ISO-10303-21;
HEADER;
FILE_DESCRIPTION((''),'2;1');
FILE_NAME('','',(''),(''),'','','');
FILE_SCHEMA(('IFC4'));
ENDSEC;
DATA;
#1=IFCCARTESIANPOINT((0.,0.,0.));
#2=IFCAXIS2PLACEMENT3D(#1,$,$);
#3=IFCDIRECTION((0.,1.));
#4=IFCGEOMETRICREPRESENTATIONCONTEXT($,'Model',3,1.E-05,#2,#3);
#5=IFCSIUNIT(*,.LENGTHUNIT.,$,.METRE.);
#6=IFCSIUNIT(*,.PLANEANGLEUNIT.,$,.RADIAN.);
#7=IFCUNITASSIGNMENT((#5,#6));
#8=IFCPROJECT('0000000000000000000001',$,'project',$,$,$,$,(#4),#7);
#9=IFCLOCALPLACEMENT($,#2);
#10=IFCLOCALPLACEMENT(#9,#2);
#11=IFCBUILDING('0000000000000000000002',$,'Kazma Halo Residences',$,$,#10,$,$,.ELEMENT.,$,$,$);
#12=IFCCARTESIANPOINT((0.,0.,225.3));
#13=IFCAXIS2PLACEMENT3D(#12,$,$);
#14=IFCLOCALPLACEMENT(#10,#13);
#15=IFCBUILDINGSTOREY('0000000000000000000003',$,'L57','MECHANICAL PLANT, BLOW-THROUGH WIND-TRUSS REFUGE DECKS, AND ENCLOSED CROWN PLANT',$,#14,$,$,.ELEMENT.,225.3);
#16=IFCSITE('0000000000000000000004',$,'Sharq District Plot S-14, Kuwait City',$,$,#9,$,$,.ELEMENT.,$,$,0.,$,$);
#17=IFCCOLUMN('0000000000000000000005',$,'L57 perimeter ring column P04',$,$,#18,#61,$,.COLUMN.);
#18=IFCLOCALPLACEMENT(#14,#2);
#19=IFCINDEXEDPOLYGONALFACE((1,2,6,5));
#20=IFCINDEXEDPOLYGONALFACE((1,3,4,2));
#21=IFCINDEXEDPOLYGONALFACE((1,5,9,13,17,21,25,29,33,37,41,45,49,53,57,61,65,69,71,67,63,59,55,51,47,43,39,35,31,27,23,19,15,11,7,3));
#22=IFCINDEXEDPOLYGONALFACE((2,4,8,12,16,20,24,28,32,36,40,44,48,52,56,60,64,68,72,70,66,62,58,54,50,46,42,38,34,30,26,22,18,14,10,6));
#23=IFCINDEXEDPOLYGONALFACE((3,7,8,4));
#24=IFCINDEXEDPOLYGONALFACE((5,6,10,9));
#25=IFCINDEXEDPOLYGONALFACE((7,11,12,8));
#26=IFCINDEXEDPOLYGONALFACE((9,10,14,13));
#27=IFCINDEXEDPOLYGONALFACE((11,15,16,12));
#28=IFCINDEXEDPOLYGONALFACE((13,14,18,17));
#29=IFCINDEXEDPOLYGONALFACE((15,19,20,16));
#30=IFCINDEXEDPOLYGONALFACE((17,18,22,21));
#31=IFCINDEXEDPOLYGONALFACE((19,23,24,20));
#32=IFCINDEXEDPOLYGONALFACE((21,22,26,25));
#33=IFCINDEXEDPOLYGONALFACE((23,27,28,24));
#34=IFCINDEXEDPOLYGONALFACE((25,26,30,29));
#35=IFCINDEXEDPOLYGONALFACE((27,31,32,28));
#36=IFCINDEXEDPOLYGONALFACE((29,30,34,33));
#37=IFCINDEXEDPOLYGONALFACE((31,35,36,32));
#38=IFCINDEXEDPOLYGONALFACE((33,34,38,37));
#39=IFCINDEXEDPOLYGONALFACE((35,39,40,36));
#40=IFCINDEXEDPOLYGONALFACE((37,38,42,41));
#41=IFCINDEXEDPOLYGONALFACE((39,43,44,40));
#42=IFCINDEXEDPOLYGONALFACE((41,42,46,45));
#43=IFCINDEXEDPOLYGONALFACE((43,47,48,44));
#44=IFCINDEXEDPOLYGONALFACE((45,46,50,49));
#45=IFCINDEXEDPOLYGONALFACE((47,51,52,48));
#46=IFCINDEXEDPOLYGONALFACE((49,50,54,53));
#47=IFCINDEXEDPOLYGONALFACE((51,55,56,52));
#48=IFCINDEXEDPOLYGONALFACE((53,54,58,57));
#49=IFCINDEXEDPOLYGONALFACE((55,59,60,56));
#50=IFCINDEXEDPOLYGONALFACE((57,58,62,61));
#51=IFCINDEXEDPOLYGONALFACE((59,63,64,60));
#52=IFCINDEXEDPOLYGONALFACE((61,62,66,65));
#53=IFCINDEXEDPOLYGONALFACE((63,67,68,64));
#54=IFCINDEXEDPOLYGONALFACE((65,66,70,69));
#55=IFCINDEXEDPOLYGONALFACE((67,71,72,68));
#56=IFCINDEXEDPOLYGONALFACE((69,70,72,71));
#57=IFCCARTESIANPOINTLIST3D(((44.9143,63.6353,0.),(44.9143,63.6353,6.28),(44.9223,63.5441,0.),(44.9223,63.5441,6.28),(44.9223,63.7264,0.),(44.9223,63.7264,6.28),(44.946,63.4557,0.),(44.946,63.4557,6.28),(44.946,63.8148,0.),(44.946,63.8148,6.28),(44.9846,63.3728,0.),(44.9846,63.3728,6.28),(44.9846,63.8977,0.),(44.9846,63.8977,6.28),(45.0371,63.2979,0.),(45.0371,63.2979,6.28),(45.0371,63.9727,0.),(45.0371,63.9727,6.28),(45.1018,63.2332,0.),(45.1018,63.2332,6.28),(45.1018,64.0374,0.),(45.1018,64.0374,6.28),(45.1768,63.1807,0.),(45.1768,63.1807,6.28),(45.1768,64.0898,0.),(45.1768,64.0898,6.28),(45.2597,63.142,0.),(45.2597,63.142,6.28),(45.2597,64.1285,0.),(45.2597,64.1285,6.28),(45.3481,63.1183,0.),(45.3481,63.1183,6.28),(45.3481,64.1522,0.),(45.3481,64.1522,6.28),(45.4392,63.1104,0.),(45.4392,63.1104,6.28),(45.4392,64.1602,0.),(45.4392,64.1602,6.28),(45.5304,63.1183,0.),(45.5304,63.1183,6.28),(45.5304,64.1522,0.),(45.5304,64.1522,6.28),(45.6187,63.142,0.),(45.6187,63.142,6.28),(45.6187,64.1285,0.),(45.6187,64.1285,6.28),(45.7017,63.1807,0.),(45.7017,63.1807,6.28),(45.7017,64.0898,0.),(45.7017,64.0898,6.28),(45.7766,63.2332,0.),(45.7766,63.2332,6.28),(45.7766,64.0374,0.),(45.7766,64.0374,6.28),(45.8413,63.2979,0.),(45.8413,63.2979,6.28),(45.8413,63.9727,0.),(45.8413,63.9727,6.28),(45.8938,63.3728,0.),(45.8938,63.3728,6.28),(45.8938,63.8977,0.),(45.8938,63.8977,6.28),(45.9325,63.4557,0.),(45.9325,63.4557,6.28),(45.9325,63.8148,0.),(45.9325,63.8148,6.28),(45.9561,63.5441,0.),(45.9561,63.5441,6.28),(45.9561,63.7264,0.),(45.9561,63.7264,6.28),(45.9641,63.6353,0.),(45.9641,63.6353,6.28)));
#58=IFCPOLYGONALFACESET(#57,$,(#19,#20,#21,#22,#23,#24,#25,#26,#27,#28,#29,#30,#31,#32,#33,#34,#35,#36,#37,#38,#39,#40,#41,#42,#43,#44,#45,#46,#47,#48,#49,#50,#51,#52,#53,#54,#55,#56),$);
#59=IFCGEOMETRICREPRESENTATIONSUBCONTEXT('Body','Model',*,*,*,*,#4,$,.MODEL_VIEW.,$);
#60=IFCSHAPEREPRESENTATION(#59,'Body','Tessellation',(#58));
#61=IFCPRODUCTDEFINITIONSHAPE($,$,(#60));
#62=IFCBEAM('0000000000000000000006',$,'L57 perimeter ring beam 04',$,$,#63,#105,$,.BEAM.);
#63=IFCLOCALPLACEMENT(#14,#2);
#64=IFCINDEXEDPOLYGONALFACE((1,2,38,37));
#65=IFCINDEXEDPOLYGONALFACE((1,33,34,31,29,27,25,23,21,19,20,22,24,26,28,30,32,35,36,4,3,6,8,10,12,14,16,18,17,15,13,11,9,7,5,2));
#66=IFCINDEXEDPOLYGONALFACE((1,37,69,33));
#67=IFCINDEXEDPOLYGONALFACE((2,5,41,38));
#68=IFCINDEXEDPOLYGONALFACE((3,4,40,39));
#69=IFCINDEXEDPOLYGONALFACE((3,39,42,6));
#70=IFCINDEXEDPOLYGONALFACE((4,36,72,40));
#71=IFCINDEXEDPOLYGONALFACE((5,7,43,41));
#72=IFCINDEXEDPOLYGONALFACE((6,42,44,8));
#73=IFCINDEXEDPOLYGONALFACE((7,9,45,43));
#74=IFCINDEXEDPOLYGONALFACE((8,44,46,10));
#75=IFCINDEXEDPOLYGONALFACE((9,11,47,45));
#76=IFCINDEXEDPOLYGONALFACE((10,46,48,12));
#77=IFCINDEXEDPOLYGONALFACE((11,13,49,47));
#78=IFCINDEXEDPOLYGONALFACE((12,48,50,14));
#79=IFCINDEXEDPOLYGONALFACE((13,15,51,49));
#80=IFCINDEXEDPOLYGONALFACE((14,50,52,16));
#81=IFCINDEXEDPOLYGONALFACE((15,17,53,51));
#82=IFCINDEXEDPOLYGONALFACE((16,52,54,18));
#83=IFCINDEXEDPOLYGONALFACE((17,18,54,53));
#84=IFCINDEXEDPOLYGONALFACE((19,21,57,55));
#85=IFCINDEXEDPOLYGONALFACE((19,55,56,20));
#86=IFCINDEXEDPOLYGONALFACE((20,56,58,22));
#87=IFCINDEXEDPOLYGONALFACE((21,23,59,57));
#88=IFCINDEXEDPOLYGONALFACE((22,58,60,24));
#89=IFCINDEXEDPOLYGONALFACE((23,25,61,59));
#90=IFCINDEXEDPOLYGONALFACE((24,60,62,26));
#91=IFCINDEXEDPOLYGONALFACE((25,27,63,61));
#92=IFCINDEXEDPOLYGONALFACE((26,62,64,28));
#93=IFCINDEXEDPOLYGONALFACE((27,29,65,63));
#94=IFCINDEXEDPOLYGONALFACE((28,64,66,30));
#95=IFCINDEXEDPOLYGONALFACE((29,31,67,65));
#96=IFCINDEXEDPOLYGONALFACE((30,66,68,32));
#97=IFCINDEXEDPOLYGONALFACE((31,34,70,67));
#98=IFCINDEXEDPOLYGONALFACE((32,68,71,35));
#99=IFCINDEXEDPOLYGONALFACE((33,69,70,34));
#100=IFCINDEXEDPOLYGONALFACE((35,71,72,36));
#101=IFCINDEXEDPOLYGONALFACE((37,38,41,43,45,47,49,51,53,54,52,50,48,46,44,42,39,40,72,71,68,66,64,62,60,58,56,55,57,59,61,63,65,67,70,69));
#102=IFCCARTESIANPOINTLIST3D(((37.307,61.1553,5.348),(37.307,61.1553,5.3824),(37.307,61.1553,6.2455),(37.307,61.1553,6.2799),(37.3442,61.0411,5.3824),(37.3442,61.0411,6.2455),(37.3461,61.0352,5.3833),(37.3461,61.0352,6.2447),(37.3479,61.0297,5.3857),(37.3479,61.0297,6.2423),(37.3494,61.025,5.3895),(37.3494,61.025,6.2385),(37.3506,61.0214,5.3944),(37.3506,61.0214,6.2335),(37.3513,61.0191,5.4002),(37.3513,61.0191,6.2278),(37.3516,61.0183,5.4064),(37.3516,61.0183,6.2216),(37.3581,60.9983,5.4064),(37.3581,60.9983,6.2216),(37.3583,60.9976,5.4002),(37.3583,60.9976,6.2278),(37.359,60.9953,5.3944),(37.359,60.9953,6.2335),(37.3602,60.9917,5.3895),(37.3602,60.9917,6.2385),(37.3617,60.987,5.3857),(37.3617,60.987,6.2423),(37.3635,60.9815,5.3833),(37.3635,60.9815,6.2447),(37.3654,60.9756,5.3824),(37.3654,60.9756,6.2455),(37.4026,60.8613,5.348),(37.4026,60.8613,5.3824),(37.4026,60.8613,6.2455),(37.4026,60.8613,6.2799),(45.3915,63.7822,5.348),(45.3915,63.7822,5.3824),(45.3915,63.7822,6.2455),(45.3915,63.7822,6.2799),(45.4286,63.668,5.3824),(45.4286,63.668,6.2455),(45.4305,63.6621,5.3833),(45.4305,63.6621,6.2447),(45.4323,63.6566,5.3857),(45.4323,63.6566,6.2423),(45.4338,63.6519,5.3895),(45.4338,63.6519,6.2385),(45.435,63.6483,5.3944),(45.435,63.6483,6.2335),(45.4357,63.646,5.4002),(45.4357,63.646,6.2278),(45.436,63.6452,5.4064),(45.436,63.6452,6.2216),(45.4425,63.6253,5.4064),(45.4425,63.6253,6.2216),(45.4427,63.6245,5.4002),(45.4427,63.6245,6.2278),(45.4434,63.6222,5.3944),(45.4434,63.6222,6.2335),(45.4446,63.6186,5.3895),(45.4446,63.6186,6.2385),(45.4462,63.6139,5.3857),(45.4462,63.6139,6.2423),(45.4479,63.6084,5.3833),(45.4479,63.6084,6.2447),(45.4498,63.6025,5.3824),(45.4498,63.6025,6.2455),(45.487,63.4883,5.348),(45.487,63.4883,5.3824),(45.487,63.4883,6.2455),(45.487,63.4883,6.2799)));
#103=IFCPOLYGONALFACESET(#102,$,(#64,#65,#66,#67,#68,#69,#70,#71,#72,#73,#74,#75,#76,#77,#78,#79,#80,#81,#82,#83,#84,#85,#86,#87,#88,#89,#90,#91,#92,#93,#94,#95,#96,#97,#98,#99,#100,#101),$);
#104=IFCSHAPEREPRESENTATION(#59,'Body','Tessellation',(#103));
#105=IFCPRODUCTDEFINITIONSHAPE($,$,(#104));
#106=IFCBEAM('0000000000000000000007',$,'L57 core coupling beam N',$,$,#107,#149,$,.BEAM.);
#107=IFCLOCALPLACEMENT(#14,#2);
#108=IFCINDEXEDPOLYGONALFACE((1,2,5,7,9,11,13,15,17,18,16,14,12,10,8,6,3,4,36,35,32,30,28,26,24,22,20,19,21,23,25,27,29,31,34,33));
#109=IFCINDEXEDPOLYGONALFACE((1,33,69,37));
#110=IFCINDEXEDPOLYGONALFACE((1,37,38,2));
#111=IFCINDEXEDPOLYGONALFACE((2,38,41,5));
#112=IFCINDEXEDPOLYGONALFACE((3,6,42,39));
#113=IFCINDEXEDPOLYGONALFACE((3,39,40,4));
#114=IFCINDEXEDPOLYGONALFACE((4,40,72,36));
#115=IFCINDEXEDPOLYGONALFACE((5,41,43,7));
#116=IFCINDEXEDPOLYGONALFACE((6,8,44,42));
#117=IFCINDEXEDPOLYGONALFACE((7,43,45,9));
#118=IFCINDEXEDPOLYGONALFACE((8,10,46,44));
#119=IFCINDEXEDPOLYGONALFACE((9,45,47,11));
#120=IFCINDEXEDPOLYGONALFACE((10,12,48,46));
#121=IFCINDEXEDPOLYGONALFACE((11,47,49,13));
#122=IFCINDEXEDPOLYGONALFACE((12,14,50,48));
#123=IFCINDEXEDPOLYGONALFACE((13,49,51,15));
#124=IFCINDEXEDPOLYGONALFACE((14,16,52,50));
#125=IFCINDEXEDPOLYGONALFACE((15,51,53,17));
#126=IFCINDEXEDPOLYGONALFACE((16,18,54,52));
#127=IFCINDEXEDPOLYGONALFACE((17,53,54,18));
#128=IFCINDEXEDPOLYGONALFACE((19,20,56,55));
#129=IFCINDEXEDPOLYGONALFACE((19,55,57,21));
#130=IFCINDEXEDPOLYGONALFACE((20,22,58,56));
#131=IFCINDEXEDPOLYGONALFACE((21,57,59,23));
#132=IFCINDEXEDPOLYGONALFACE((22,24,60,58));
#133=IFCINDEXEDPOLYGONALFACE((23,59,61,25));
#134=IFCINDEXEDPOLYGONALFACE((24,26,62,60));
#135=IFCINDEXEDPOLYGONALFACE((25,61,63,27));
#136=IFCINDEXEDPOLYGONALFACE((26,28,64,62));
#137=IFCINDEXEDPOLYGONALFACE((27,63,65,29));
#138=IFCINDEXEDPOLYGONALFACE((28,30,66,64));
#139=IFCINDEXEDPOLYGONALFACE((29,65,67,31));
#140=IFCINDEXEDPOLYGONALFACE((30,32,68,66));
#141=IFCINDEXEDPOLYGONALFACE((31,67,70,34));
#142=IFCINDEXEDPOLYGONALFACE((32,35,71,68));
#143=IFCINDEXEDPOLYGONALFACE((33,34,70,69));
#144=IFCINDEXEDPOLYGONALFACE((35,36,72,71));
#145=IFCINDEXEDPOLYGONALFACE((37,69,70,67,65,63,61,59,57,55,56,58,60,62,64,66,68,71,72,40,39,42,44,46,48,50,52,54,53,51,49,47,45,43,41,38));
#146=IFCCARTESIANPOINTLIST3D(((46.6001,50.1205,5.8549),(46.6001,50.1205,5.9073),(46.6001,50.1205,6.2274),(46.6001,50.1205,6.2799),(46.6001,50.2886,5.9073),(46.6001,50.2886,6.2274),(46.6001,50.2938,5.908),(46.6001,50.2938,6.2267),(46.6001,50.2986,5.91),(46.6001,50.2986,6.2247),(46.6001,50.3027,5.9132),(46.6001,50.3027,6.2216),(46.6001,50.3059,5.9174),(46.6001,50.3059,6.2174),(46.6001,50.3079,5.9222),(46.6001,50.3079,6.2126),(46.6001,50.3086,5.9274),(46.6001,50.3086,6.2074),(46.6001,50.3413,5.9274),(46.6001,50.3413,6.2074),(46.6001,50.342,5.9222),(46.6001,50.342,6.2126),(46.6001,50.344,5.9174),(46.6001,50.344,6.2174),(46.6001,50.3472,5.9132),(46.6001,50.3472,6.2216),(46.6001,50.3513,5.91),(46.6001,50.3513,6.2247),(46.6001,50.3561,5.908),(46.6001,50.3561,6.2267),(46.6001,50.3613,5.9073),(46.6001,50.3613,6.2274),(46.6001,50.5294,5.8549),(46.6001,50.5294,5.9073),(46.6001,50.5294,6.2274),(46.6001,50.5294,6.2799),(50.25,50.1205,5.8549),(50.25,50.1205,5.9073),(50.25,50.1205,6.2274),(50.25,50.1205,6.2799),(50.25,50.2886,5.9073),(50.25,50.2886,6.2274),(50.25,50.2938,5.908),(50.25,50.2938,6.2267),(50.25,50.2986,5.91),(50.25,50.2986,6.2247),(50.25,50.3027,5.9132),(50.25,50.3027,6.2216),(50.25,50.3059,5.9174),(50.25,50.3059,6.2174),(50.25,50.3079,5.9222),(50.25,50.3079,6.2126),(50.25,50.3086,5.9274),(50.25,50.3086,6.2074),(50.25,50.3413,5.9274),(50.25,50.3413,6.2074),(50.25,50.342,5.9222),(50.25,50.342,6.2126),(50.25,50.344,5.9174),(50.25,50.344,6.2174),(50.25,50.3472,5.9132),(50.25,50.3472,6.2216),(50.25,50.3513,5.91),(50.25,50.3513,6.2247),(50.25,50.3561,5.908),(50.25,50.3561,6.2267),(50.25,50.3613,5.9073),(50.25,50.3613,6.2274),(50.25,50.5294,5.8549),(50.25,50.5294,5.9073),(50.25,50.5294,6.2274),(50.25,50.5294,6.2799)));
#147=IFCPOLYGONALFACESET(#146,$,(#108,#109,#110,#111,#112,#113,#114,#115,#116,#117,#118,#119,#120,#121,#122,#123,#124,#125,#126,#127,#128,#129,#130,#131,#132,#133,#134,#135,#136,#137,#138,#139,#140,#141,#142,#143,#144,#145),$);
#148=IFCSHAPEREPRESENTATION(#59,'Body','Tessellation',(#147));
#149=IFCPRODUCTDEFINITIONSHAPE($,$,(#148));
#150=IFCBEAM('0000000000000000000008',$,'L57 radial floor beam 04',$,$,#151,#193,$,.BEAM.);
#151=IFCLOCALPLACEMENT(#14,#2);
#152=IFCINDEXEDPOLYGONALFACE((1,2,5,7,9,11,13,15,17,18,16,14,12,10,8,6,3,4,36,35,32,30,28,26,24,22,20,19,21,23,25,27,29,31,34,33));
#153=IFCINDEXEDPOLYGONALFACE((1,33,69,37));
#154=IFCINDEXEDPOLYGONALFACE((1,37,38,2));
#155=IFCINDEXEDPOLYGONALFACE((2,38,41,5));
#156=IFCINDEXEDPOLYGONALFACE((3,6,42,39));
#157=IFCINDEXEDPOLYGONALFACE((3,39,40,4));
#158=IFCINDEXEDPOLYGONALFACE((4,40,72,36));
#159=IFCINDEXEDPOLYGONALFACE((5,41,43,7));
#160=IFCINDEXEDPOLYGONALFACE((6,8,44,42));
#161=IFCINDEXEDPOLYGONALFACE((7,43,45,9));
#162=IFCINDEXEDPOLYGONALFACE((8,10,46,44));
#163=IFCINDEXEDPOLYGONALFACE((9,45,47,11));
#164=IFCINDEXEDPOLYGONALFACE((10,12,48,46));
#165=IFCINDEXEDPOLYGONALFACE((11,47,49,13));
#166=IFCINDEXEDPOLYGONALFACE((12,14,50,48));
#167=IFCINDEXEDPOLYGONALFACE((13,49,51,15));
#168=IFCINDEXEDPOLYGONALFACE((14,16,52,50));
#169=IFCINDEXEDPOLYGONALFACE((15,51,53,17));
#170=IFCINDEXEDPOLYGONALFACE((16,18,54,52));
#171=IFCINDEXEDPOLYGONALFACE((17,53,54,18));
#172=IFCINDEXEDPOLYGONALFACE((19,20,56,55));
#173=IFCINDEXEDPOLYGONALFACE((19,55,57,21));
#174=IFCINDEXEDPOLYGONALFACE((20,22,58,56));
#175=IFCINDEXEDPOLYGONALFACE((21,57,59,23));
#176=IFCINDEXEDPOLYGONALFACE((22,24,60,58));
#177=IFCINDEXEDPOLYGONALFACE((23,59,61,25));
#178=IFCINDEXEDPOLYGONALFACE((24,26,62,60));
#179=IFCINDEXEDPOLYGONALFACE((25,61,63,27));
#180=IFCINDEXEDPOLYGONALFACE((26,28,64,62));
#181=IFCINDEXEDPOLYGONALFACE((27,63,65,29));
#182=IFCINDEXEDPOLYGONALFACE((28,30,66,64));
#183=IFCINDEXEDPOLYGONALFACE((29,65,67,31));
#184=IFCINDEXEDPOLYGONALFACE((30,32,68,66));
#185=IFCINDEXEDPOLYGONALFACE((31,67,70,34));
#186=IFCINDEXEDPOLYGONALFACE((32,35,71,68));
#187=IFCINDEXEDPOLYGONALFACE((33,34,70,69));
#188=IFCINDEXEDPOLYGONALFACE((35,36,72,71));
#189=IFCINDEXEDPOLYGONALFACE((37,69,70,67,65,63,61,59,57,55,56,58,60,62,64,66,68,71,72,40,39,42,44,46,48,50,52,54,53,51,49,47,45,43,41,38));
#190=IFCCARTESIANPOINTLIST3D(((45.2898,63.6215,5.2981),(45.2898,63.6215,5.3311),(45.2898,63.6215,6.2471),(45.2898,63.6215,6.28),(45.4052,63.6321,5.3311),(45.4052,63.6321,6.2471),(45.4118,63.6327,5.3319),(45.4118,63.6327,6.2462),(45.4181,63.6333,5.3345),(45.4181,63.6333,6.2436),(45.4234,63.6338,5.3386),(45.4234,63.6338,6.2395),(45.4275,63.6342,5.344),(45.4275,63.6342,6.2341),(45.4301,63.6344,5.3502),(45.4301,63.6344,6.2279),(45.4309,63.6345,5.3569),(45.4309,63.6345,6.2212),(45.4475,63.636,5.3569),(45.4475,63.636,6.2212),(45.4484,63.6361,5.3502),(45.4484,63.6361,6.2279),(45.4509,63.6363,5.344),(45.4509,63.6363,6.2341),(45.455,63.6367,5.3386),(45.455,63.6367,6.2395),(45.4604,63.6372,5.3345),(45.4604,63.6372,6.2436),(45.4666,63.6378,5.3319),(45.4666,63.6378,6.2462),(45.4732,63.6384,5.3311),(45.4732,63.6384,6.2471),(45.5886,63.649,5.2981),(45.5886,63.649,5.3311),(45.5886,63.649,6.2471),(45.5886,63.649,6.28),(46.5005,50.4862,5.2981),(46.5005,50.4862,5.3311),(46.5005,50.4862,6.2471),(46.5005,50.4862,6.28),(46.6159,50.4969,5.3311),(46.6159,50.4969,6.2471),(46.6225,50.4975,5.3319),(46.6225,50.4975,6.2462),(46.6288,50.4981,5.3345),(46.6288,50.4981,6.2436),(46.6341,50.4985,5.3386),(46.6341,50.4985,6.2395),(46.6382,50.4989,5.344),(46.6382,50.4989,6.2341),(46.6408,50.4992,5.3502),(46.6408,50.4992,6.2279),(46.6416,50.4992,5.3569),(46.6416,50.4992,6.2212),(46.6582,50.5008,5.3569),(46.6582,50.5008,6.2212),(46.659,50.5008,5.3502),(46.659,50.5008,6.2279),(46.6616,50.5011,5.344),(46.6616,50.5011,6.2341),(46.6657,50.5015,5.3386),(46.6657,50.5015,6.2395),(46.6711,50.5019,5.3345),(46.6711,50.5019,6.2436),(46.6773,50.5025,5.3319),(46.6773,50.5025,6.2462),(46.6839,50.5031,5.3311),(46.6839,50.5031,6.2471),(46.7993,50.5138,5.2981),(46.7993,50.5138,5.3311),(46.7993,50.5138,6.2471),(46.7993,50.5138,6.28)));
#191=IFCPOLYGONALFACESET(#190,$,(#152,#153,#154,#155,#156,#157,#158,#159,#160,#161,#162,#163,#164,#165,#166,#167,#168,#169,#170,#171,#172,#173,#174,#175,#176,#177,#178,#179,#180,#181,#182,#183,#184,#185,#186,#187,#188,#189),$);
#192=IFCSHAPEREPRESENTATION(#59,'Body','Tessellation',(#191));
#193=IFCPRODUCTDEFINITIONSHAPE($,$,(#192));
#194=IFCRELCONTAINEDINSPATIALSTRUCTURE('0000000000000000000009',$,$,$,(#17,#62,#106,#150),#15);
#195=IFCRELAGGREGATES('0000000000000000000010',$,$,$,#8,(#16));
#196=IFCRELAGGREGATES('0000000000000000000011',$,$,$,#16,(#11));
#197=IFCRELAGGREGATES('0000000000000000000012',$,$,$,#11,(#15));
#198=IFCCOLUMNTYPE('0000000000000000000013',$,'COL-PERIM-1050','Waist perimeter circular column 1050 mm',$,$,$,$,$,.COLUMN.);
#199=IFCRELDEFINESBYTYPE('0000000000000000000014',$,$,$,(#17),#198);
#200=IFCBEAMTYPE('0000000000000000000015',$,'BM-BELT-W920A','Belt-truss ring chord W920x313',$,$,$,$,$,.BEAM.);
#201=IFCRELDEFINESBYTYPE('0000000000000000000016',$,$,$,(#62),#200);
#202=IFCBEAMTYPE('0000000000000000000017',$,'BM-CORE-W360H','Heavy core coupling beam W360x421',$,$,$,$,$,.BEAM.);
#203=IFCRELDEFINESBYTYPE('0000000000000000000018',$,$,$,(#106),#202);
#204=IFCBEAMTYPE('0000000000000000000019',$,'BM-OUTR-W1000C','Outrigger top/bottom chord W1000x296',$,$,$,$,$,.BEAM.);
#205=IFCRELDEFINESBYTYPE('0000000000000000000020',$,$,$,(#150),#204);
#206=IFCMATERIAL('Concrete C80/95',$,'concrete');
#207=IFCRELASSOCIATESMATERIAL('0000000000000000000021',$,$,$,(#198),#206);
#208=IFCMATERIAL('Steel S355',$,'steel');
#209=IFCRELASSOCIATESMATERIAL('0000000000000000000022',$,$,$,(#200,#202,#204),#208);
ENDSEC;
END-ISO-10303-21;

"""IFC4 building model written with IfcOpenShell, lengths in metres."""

from ifc_helpers import new_model, si_unit, direction, frame, origin, origin_2d, place, context, subcontext, project, spatial, circle, i_section, extrude, material, material_profile, profile_set, type_object, element, save


model = new_model("IFC4")

# Units and contexts
model_context = context("Model", 3, precision=1e-05, world=origin(), true_north=direction((0.0, 1.0)))
body_context = subcontext(model_context, "Body", "Model", "MODEL_VIEW")
ifc_project = project(units=[si_unit("LENGTHUNIT", "METRE"), si_unit("PLANEANGLEUNIT", "RADIAN")], contexts=[model_context])

# Site, building, storey
site_placement = place(None, origin())
site = spatial("IfcSite", under=ifc_project, at=site_placement, Name="Sharq District Plot S-14, Kuwait City", CompositionType="ELEMENT", RefElevation=0.0)
building_placement = place(site_placement, origin())
building = spatial("IfcBuilding", under=site, at=building_placement, Name="Kazma Halo Residences", CompositionType="ELEMENT")
storey_placement = place(building_placement, frame((0.0, 0.0, 225.3)))
storey = spatial("IfcBuildingStorey", under=building, at=storey_placement, Name="L57", Description="MECHANICAL PLANT, BLOW-THROUGH WIND-TRUSS REFUGE DECKS, AND ENCLOSED CROWN PLANT", CompositionType="ELEMENT", Elevation=225.3)

# Column
ifc_material_1 = material(Name="Concrete C80/95", Category="concrete")
ifc_material_profile_1 = material_profile(ifc_material_1, circle(Radius=0.5249, at=origin_2d()), Name="CIRC1050")
ifc_profile_set_1 = profile_set([ifc_material_profile_1], Name="Concrete C80/95")
column_type = type_object("IfcColumnType", Name="COL-PERIM-1050", Description="Waist perimeter circular column 1050 mm", PredefinedType="COLUMN", material=ifc_profile_set_1)
column_placement = place(storey_placement, frame((45.4392, 63.6353, 0.0), z_axis=(0.0, 0.0, 1.0), x_axis=(1.0, 0.0, 0.0)))
element("IfcColumn", 1, at=column_placement, inside=storey, type_object=column_type, Name="L57 perimeter ring column P04", PredefinedType="COLUMN", context=body_context, shape_type="SweptSolid", body=[
    extrude(circle(Radius=0.5249, at=origin_2d()), origin(), (0.0, 0.0, 1.0), 6.28),
])

# Beams
ifc_material_2 = material(Name="Steel S355", Category="steel")
ifc_material_profile_2 = material_profile(ifc_material_2, i_section(OverallWidth=0.3091, OverallDepth=0.9319, WebThickness=0.021, FlangeThickness=0.0344, FilletRadius=0.0239, at=origin_2d()), Name="W920x313")
ifc_profile_set_2 = profile_set([ifc_material_profile_2], Name="Steel S355")
beam_type_1 = type_object("IfcBeamType", Name="BM-BELT-W920A", Description="Belt-truss ring chord W920x313", PredefinedType="BEAM", material=ifc_profile_set_2)
beam_1_placement = place(storey_placement, frame((45.4392, 63.6353, 5.814), z_axis=(-0.951051, -0.309033, 0.0), x_axis=(0.309033, -0.951051, 0.0)))
element("IfcBeam", 2, at=beam_1_placement, inside=storey, type_object=beam_type_1, Name="L57 perimeter ring beam 04", PredefinedType="BEAM", context=body_context, shape_type="SweptSolid", body=[
    extrude(i_section(OverallWidth=0.3091, OverallDepth=0.9319, WebThickness=0.021, FlangeThickness=0.0344, FilletRadius=0.0239, at=origin_2d()), origin(), (0.0, 0.0, 1.0), 8.5005),
])
ifc_material_profile_3 = material_profile(ifc_material_2, i_section(OverallWidth=0.4089, OverallDepth=0.425, WebThickness=0.0327, FlangeThickness=0.0525, FilletRadius=0.02, at=origin_2d()), Name="W360x421")
ifc_profile_set_3 = profile_set([ifc_material_profile_3], Name="Steel S355")
beam_type_2 = type_object("IfcBeamType", Name="BM-CORE-W360H", Description="Heavy core coupling beam W360x421", PredefinedType="BEAM", material=ifc_profile_set_3)
beam_2_placement = place(storey_placement, frame((46.6001, 50.325, 6.0674), z_axis=(1.0, 0.0, 0.0), x_axis=(0.0, 1.0, 0.0)))
element("IfcBeam", 3, at=beam_2_placement, inside=storey, type_object=beam_type_2, Name="L57 core coupling beam N", PredefinedType="BEAM", context=body_context, shape_type="SweptSolid", body=[
    extrude(i_section(OverallWidth=0.4089, OverallDepth=0.425, WebThickness=0.0327, FlangeThickness=0.0525, FilletRadius=0.02, at=origin_2d()), origin(), (0.0, 0.0, 1.0), 3.6499),
])
ifc_material_profile_4 = material_profile(ifc_material_2, i_section(OverallWidth=0.3, OverallDepth=0.9819, WebThickness=0.0166, FlangeThickness=0.033, FilletRadius=0.0259, at=origin_2d()), Name="W1000x296")
ifc_profile_set_4 = profile_set([ifc_material_profile_4], Name="Steel S355")
beam_type_3 = type_object("IfcBeamType", Name="BM-OUTR-W1000C", Description="Outrigger top/bottom chord W1000x296", PredefinedType="BEAM", material=ifc_profile_set_4)
beam_3_placement = place(storey_placement, frame((46.6499, 50.5, 5.7891), z_axis=(-0.091782, 0.995779, 0.0), x_axis=(-0.995779, -0.091782, 0.0)))
element("IfcBeam", 4, at=beam_3_placement, inside=storey, type_object=beam_type_3, Name="L57 radial floor beam 04", PredefinedType="BEAM", context=body_context, shape_type="SweptSolid", body=[
    extrude(i_section(OverallWidth=0.3, OverallDepth=0.9819, WebThickness=0.0166, FlangeThickness=0.033, FilletRadius=0.0259, at=origin_2d()), origin(), (0.0, 0.0, 1.0), 13.1909),
])

save(model, "model.ifc")
